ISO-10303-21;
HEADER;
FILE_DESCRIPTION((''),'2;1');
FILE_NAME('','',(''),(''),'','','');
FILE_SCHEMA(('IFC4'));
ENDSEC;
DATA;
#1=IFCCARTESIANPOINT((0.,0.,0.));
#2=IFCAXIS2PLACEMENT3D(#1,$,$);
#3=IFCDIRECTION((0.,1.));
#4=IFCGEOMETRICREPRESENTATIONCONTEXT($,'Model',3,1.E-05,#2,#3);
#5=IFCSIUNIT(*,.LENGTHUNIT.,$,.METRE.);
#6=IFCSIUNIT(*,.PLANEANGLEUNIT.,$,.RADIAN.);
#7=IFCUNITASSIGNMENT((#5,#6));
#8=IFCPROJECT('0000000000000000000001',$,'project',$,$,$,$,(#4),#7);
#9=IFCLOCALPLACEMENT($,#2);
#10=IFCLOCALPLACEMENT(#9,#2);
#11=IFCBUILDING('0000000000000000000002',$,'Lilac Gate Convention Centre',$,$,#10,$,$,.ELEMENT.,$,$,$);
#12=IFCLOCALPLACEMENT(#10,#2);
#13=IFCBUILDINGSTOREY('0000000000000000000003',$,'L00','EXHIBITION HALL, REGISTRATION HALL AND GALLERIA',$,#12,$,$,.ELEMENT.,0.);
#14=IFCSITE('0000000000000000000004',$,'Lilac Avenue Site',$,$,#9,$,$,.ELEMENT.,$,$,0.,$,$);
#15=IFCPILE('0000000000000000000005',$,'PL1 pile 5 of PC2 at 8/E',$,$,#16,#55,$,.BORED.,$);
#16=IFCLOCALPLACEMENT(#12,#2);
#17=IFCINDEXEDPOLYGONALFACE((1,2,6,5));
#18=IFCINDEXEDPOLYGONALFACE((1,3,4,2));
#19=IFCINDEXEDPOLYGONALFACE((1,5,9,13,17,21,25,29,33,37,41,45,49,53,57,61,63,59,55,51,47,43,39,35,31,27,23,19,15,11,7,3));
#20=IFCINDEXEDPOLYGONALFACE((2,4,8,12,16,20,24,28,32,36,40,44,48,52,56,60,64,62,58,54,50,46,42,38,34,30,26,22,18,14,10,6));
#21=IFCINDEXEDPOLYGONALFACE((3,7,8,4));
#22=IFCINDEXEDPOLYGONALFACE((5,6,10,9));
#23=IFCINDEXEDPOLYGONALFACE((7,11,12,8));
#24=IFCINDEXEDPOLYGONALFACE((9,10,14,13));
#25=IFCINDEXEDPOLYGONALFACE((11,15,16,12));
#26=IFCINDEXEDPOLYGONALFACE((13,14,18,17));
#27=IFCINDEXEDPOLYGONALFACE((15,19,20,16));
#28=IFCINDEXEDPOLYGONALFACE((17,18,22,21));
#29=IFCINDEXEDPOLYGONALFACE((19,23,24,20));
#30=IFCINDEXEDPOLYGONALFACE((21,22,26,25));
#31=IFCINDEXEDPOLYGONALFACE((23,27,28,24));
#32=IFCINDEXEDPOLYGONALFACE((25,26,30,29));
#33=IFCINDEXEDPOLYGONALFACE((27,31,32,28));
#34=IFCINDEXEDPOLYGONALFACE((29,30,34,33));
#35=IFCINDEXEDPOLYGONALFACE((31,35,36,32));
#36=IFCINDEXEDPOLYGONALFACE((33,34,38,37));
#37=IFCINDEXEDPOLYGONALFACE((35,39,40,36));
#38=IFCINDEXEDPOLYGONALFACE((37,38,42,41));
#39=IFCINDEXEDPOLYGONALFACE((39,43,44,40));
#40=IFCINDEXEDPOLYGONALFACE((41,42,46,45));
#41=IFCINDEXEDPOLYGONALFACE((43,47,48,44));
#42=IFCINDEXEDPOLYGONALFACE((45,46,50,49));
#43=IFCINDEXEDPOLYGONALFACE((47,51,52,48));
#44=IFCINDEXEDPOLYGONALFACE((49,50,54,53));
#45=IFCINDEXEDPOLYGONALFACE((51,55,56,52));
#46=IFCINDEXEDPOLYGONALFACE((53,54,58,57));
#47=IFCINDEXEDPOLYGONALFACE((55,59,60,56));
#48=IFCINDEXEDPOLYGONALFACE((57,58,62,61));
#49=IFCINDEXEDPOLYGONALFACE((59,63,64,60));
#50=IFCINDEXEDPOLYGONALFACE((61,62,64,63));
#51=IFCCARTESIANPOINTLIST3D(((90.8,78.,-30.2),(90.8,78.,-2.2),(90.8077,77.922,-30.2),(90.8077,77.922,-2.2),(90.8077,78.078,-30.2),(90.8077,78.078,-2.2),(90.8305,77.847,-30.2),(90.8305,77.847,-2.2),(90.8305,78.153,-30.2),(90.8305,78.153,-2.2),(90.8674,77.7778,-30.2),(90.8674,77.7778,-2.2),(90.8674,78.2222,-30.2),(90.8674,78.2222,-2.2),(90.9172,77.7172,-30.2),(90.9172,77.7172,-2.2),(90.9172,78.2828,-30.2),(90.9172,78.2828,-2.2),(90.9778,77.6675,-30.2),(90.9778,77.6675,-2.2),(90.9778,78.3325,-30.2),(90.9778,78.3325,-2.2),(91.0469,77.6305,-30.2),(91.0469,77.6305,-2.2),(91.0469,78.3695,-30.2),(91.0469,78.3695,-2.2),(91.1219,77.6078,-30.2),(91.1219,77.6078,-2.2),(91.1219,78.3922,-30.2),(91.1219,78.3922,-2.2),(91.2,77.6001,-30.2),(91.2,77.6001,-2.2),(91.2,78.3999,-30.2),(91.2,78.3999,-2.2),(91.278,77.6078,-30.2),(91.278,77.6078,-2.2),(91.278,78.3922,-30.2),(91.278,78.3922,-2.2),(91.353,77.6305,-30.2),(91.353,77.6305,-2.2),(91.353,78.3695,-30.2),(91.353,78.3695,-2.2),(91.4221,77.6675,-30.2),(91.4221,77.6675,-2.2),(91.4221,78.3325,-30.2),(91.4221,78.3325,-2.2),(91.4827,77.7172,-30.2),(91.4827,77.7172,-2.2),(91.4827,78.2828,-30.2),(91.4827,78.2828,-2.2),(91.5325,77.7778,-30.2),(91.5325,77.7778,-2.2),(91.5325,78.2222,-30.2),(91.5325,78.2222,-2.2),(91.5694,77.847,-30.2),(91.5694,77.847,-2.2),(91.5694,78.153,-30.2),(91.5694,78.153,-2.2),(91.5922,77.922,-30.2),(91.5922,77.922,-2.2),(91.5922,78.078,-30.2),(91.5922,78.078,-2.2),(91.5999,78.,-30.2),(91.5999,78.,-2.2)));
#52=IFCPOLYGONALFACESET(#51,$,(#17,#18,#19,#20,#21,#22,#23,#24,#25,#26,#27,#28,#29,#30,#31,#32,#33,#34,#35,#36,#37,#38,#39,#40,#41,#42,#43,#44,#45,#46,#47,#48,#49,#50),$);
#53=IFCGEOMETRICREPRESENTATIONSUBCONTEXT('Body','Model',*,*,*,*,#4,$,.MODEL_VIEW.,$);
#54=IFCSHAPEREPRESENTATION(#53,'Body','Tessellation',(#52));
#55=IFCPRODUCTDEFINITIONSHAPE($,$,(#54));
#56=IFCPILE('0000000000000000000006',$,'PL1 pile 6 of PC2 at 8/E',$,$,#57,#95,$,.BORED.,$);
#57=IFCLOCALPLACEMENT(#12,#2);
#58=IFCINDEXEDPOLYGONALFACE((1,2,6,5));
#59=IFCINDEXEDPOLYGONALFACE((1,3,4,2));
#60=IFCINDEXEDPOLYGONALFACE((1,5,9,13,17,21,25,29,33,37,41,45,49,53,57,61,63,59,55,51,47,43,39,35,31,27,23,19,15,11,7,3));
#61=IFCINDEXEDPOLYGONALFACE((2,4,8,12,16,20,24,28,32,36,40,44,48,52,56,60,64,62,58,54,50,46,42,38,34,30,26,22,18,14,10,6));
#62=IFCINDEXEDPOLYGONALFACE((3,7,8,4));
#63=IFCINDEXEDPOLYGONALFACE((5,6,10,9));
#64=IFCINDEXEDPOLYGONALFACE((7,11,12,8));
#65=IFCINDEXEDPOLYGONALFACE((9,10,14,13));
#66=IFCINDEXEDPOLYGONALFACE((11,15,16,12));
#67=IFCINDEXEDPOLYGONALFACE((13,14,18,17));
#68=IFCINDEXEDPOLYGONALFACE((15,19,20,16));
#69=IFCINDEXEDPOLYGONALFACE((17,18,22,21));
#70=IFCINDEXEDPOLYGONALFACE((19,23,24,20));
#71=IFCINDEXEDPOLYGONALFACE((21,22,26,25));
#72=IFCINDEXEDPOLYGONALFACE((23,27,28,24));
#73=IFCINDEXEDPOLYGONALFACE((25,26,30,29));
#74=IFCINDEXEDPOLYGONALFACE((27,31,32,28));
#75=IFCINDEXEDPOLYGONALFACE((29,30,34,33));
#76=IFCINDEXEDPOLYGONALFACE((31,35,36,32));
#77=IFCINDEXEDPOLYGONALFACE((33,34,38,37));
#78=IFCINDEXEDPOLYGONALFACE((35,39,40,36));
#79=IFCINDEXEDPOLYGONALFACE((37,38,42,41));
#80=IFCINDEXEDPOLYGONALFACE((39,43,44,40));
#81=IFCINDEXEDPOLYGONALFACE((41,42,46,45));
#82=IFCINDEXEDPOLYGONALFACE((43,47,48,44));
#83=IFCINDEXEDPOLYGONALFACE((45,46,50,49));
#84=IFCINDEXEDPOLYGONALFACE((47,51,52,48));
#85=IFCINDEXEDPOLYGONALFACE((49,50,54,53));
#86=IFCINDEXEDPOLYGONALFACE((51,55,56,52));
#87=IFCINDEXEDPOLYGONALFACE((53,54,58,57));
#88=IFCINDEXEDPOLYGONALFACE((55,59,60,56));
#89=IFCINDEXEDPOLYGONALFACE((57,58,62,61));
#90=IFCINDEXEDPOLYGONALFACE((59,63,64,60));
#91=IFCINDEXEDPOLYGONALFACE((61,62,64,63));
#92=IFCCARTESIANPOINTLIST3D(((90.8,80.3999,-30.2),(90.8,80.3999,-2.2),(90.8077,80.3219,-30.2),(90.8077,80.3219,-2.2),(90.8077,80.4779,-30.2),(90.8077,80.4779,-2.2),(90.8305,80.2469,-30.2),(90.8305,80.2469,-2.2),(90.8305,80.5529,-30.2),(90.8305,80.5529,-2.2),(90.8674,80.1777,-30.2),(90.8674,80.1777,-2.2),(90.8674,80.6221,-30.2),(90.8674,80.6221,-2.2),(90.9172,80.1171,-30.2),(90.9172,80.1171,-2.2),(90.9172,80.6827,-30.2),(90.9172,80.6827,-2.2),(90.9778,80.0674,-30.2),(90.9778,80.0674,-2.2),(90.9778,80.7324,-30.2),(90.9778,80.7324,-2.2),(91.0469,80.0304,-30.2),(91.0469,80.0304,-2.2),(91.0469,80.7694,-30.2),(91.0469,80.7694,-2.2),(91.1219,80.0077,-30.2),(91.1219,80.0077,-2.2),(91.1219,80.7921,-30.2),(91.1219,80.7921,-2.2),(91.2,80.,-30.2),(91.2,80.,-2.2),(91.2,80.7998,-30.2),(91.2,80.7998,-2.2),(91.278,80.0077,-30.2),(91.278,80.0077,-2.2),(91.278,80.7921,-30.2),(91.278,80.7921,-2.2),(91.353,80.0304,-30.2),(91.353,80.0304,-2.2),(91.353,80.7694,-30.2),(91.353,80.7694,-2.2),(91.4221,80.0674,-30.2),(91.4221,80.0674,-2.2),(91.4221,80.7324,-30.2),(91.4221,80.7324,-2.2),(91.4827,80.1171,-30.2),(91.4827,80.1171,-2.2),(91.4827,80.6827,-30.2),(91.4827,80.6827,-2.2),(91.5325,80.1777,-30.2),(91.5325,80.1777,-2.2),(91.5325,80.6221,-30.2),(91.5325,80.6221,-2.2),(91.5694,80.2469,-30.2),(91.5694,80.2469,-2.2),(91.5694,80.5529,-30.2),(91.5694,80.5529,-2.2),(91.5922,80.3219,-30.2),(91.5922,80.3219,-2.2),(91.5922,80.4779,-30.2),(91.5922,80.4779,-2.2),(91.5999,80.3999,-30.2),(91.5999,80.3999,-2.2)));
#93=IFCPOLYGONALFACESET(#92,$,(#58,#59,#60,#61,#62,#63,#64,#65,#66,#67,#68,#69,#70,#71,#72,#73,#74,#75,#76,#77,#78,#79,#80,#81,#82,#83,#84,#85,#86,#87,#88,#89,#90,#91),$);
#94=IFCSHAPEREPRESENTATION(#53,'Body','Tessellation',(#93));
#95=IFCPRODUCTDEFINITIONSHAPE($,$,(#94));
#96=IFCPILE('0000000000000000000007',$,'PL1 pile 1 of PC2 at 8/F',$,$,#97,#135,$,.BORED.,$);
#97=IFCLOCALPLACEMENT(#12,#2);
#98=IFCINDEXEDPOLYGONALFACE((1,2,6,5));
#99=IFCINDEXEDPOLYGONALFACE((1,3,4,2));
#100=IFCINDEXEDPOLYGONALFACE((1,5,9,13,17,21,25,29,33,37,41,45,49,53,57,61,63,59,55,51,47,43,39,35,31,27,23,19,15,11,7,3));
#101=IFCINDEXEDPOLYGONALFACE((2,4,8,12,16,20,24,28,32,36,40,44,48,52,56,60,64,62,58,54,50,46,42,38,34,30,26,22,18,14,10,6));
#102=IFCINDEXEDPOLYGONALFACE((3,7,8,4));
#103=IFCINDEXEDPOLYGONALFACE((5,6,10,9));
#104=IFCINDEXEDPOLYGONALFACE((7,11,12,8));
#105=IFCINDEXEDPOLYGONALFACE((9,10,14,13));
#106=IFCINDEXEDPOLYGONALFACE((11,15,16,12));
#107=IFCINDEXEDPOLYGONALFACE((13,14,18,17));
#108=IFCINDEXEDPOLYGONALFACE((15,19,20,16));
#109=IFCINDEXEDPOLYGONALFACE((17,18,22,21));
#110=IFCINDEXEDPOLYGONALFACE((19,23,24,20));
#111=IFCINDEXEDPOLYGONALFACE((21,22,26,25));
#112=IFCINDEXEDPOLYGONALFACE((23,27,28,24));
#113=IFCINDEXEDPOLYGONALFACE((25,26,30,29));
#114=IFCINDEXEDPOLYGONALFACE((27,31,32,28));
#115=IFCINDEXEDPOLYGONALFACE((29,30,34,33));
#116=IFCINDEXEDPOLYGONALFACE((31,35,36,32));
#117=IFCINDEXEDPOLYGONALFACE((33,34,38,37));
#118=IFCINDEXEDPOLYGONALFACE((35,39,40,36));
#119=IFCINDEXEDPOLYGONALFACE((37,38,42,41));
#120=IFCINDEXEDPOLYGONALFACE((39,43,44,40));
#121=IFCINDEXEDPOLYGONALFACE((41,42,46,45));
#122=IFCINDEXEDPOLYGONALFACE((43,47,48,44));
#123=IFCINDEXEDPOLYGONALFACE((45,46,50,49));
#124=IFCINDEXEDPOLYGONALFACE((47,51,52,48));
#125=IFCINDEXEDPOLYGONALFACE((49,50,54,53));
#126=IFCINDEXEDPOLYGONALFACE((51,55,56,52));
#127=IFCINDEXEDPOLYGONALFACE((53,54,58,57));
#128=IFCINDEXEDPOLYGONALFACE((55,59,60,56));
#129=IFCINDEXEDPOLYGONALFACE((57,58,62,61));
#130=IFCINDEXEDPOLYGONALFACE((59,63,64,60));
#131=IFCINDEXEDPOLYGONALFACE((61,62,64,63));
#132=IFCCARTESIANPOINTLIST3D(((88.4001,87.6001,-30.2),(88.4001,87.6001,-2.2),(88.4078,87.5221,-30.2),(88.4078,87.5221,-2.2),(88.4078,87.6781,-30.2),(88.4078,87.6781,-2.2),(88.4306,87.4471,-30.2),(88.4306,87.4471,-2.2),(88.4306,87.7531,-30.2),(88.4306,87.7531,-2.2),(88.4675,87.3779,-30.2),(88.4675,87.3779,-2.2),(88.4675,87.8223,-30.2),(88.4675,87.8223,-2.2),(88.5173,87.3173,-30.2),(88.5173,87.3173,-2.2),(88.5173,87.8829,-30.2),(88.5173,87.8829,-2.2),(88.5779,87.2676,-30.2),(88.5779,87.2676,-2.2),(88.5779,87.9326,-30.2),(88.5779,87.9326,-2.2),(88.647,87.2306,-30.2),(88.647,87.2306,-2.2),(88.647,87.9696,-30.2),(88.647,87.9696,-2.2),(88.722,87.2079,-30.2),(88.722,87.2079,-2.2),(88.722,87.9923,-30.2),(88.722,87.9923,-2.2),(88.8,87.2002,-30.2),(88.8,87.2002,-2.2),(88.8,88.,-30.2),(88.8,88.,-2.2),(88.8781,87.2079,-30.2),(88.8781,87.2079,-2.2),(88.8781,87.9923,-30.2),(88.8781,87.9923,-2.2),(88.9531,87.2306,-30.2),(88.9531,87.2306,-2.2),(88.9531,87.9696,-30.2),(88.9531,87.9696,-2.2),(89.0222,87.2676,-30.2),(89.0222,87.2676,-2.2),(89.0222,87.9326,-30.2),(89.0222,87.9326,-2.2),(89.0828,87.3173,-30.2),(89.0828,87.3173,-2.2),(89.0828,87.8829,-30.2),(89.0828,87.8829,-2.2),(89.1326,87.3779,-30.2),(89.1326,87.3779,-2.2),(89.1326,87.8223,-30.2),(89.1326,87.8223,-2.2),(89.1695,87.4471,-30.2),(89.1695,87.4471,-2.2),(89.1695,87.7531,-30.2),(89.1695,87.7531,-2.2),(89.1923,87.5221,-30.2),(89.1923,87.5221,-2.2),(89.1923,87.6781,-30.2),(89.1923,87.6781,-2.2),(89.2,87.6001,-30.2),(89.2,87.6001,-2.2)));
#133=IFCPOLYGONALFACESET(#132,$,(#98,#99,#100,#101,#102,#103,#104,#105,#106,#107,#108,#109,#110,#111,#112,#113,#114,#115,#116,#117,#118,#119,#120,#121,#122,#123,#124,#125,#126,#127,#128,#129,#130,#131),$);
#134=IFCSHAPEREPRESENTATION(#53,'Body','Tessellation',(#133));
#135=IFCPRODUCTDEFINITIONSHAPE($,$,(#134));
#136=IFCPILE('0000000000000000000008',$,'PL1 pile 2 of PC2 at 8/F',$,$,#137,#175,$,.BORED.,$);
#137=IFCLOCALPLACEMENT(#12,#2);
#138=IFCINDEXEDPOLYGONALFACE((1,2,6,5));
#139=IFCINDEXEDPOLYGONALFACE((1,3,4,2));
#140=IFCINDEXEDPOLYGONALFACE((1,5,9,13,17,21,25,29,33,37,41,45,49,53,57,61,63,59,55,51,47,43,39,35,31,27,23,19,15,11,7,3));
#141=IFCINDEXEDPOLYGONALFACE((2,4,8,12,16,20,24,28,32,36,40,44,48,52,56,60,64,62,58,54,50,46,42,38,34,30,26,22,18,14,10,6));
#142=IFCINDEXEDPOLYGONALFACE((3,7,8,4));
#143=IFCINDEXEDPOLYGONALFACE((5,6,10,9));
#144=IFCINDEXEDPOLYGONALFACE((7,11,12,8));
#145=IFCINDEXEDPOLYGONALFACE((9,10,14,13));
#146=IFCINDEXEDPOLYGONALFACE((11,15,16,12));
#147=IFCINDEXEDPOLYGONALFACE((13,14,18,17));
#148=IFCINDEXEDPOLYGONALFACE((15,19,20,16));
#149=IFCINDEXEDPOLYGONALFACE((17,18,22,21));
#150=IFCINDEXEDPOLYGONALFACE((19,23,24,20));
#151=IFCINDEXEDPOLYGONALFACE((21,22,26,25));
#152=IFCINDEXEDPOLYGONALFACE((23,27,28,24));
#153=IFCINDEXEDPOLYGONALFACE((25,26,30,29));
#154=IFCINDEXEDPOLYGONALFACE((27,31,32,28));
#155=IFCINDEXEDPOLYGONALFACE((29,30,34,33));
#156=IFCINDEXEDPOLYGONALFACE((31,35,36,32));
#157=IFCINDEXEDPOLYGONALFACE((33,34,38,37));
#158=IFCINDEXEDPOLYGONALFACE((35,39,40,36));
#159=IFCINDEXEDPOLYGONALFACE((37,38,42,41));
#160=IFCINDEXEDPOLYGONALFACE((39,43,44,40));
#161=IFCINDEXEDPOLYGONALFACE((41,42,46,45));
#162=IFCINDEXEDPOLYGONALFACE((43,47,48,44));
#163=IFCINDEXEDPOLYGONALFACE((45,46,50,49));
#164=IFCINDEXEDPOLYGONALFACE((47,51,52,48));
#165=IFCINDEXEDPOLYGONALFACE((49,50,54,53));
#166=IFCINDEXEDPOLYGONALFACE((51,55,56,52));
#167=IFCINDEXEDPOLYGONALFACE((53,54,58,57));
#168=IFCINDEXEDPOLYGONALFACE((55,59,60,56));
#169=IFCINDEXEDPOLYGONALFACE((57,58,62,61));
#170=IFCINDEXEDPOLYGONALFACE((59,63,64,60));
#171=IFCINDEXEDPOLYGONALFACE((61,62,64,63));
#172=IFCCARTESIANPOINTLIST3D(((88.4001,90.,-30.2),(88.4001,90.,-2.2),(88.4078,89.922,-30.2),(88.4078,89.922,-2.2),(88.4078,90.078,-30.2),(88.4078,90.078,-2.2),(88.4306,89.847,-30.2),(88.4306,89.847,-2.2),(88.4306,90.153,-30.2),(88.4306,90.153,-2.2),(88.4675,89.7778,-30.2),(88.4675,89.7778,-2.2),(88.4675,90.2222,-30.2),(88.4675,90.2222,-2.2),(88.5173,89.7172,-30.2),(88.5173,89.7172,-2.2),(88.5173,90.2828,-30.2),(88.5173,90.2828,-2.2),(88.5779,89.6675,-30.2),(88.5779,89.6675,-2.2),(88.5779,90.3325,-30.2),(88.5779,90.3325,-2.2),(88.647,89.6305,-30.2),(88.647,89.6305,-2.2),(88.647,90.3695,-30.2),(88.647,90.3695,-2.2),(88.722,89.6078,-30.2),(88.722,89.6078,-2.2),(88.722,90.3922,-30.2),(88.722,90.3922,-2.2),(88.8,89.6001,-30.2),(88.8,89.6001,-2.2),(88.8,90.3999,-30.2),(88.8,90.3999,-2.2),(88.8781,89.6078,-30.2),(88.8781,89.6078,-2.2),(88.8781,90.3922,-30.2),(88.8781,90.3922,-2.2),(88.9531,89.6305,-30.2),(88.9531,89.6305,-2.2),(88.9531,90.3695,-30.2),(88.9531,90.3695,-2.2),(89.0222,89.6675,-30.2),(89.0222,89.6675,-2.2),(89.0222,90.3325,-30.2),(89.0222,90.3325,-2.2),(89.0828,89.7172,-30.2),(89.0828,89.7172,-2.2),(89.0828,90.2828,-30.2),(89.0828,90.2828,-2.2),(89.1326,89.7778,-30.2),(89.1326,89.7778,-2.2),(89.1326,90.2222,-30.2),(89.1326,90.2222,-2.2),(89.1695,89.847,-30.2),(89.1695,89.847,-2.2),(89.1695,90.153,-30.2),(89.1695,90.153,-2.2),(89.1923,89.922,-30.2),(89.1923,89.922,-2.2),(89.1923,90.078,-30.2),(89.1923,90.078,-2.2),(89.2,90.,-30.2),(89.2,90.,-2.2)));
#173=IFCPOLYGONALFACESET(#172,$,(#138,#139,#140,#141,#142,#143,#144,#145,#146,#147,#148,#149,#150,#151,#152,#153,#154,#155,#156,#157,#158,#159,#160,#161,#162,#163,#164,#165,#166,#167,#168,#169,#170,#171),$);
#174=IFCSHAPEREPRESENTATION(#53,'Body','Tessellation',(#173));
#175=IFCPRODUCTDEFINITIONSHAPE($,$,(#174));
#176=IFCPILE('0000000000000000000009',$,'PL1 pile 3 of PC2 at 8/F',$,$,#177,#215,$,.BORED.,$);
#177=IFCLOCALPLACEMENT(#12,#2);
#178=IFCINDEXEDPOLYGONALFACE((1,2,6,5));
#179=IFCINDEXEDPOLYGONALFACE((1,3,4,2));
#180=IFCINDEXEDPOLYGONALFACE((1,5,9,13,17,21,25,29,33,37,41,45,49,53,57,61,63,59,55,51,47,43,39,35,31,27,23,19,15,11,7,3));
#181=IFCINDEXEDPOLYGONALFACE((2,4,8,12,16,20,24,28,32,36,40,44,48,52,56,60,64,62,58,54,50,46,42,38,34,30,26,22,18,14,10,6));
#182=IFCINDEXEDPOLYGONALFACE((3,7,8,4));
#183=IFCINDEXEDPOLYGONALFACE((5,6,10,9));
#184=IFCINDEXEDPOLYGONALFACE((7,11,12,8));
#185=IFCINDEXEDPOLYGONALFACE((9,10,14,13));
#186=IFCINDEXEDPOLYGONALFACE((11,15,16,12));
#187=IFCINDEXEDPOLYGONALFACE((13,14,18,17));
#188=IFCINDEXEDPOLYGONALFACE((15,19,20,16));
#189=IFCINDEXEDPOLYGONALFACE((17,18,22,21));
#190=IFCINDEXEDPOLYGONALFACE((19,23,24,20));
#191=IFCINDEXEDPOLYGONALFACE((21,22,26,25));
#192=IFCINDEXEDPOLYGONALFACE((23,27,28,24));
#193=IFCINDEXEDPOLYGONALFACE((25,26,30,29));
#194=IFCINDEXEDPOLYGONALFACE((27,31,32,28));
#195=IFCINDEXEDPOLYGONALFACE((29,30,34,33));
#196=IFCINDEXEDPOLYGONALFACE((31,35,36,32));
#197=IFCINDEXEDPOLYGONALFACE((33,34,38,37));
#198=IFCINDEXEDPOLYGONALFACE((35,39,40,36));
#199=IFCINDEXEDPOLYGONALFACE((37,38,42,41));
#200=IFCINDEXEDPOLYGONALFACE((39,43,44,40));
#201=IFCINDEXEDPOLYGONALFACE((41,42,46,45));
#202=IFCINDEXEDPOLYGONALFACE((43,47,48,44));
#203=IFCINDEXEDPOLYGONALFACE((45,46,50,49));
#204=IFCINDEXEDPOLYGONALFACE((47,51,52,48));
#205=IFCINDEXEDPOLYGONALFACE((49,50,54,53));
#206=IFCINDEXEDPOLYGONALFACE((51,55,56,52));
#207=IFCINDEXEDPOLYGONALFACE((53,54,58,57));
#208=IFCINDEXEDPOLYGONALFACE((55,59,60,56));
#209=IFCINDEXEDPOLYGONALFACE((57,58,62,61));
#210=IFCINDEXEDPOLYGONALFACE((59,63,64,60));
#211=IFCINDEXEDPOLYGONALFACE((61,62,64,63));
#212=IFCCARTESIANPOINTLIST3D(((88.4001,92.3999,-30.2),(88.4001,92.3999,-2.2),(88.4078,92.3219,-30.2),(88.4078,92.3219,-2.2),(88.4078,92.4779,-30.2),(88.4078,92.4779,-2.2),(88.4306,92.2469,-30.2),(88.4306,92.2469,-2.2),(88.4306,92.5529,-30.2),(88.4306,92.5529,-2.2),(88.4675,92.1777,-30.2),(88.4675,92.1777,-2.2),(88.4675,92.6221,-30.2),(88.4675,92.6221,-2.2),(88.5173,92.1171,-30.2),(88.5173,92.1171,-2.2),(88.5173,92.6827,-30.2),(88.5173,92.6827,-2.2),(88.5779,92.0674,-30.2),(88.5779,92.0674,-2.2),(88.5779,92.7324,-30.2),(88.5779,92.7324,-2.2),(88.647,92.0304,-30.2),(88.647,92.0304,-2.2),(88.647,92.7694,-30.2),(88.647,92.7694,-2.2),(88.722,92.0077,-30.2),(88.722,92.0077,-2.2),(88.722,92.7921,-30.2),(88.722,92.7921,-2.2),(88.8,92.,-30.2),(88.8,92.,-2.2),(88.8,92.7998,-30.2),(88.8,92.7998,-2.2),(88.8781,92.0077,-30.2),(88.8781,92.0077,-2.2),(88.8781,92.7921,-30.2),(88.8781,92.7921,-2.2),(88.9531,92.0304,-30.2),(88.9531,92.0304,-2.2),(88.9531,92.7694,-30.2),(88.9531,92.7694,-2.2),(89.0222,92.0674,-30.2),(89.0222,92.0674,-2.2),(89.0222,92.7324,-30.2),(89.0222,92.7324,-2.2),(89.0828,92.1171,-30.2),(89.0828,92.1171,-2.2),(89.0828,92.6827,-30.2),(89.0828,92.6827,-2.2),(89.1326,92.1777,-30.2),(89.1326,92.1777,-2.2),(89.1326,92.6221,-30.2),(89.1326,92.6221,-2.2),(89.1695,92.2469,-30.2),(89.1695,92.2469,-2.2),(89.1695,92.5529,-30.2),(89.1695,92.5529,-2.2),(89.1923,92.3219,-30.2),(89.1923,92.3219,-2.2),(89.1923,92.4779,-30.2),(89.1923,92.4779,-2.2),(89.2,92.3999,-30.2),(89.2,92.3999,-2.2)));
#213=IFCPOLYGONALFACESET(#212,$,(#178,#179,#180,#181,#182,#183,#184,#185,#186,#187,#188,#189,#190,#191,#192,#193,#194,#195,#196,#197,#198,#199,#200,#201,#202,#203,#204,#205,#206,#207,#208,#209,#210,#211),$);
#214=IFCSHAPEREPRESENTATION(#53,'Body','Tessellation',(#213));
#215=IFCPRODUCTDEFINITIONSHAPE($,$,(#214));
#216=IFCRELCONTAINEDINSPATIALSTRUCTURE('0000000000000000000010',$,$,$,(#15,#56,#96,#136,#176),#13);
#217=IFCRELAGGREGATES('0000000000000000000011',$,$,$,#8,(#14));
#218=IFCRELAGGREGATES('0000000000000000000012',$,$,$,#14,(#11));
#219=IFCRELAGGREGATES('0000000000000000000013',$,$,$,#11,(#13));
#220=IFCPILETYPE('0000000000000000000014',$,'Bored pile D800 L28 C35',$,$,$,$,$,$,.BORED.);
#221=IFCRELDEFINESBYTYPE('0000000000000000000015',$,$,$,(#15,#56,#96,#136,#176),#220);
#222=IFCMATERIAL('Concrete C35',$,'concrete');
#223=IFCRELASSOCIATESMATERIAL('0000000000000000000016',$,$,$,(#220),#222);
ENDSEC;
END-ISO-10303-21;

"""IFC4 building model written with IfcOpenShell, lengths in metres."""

from ifc_helpers import new_model, si_unit, direction, frame, origin, origin_2d, place, context, subcontext, project, spatial, circle, extrude, material, material_profile, profile_set, type_object, element, save


model = new_model("IFC4")

# Units and contexts
model_context = context("Model", 3, precision=1e-05, world=origin(), true_north=direction((0.0, 1.0)))
body_context = subcontext(model_context, "Body", "Model", "MODEL_VIEW")
ifc_project = project(units=[si_unit("LENGTHUNIT", "METRE"), si_unit("PLANEANGLEUNIT", "RADIAN")], contexts=[model_context])

# Site, building, storey
site_placement = place(None, origin())
site = spatial("IfcSite", under=ifc_project, at=site_placement, Name="Lilac Avenue Site", CompositionType="ELEMENT", RefElevation=0.0)
building_placement = place(site_placement, origin())
building = spatial("IfcBuilding", under=site, at=building_placement, Name="Lilac Gate Convention Centre", CompositionType="ELEMENT")
storey_placement = place(building_placement, origin())
storey = spatial("IfcBuildingStorey", under=building, at=storey_placement, Name="L00", Description="EXHIBITION HALL, REGISTRATION HALL AND GALLERIA", CompositionType="ELEMENT", Elevation=0.0)

# Piles
ifc_material_1 = material(Name="Concrete C35", Category="concrete")
ifc_material_profile_1 = material_profile(ifc_material_1, circle(Radius=0.3999, at=origin_2d()), Name="D800")
ifc_profile_set_1 = profile_set([ifc_material_profile_1], Name="Concrete C35")
pile_type = type_object("IfcPileType", Name="Bored pile D800 L28 C35", PredefinedType="BORED", material=ifc_profile_set_1)
for number, where, z_axis, x_axis, name in (
    (1, (91.2, 78.0, -2.2), (0.0, 0.0, -1.0), (1.0, 0.0, 0.0), "PL1 pile 5 of PC2 at 8/E"),
    (2, (91.2, 80.3999, -2.2), (0.0, 0.0, -1.0), (1.0, 0.0, 0.0), "PL1 pile 6 of PC2 at 8/E"),
    (3, (88.8, 87.6001, -2.2), (0.0, 0.0, -1.0), (1.0, 0.0, 0.0), "PL1 pile 1 of PC2 at 8/F"),
    (4, (88.8, 90.0, -2.2), (0.0, 0.0, -1.0), (1.0, 0.0, 0.0), "PL1 pile 2 of PC2 at 8/F"),
    (5, (88.8, 92.3999, -2.2), (0.0, 0.0, -1.0), (1.0, 0.0, 0.0), "PL1 pile 3 of PC2 at 8/F"),
):
    element("IfcPile", number, at=place(storey_placement, frame(where, z_axis=z_axis, x_axis=x_axis)), inside=storey, type_object=pile_type, Name=name, PredefinedType="BORED", context=body_context, shape_type="SweptSolid", body=[
        extrude(circle(Radius=0.3999, at=origin_2d()), origin(), (0.0, 0.0, 1.0), 28.0),
    ])

save(model, "model.ifc")
